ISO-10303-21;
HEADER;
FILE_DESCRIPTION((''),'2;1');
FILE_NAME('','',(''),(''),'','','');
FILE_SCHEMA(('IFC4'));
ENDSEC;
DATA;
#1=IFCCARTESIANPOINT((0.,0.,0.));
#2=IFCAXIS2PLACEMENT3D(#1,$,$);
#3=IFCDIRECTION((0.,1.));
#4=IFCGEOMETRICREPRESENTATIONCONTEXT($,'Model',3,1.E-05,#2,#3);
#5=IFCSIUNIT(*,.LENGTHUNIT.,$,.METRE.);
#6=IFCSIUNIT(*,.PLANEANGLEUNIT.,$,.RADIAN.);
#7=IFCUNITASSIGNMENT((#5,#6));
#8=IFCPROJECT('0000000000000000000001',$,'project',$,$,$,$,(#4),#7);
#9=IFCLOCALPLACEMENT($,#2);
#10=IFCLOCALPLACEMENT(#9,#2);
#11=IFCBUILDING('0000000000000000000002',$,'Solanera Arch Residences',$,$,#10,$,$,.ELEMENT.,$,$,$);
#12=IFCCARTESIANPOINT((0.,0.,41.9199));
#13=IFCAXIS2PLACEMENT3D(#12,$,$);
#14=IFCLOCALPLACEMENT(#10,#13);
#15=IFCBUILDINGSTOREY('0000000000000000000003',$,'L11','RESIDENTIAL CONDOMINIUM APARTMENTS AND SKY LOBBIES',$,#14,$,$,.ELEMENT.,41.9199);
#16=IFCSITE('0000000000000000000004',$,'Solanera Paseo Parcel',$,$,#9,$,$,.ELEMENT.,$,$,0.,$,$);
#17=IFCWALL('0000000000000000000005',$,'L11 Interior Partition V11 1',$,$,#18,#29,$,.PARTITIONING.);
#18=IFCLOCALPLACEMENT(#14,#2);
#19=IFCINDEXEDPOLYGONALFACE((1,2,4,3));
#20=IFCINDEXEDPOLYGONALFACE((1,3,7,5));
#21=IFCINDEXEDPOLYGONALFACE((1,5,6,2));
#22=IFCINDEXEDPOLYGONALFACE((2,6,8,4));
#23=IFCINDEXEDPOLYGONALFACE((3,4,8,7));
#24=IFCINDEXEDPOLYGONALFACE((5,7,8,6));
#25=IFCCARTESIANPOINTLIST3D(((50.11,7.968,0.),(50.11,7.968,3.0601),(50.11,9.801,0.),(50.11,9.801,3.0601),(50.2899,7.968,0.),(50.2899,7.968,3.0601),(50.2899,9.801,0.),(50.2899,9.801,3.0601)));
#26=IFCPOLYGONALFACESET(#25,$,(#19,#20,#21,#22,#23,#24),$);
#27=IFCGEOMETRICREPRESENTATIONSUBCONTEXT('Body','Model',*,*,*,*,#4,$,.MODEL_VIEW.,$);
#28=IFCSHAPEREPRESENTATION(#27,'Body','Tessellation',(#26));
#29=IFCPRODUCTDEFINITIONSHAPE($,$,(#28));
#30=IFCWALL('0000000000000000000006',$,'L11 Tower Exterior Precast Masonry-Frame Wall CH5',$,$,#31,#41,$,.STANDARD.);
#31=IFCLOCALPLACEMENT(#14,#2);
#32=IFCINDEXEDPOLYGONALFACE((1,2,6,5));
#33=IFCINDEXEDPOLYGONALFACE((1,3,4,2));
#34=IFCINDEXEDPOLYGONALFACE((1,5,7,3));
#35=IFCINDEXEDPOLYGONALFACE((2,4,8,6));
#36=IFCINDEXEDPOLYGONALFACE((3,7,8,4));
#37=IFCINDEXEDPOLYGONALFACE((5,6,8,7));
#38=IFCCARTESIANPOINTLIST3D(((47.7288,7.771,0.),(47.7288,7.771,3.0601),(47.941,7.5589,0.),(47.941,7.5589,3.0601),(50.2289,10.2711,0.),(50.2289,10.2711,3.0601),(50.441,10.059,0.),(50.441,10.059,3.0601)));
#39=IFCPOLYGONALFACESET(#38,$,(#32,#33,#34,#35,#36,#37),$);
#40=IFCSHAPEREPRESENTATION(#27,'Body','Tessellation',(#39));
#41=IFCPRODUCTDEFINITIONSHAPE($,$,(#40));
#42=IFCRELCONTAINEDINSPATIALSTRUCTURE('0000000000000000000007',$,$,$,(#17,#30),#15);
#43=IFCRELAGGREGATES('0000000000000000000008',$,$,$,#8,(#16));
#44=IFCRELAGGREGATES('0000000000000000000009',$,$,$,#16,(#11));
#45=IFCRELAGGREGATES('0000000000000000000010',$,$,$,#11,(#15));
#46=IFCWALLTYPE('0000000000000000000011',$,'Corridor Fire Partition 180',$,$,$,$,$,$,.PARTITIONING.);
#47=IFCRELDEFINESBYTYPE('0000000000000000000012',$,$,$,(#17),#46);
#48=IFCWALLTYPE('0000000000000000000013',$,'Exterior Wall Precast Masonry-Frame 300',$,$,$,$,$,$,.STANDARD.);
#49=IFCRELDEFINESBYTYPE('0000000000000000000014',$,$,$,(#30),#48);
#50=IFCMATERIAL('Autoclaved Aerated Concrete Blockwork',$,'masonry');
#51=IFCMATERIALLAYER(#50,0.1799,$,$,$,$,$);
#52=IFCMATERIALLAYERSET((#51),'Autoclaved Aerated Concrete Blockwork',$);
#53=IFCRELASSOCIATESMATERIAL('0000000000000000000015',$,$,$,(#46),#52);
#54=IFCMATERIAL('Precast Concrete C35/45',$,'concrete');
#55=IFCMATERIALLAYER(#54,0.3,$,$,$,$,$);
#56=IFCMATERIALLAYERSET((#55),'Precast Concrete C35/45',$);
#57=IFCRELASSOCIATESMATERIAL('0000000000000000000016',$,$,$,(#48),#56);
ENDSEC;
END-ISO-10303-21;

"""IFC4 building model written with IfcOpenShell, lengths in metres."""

from ifc_helpers import new_model, si_unit, direction, frame, frame_2d, origin, place, context, subcontext, project, spatial, rectangle, extrude, material, layer, layer_set, type_object, element, save


model = new_model("IFC4")

# Units and contexts
model_context = context("Model", 3, precision=1e-05, world=origin(), true_north=direction((0.0, 1.0)))
body_context = subcontext(model_context, "Body", "Model", "MODEL_VIEW")
ifc_project = project(units=[si_unit("LENGTHUNIT", "METRE"), si_unit("PLANEANGLEUNIT", "RADIAN")], contexts=[model_context])

# Site, building, storey
site_placement = place(None, origin())
site = spatial("IfcSite", under=ifc_project, at=site_placement, Name="Solanera Paseo Parcel", CompositionType="ELEMENT", RefElevation=0.0)
building_placement = place(site_placement, origin())
building = spatial("IfcBuilding", under=site, at=building_placement, Name="Solanera Arch Residences", CompositionType="ELEMENT")
storey_placement = place(building_placement, frame((0.0, 0.0, 41.9199)))
storey = spatial("IfcBuildingStorey", under=building, at=storey_placement, Name="L11", Description="RESIDENTIAL CONDOMINIUM APARTMENTS AND SKY LOBBIES", CompositionType="ELEMENT", Elevation=41.9199)

# Walls
ifc_material_1 = material(Name="Autoclaved Aerated Concrete Blockwork", Category="masonry")
ifc_layer_1 = layer(ifc_material_1, 0.1799)
ifc_layer_set_1 = layer_set([ifc_layer_1], Name="Autoclaved Aerated Concrete Blockwork")
wall_type_1 = type_object("IfcWallType", Name="Corridor Fire Partition 180", PredefinedType="PARTITIONING", material=ifc_layer_set_1)
wall_1_placement = place(storey_placement, frame((50.2, 7.968, 0.0), z_axis=(0.0, 0.0, 1.0), x_axis=(0.0, 1.0, 0.0)))
element("IfcWall", 1, at=wall_1_placement, inside=storey, type_object=wall_type_1, Name="L11 Interior Partition V11 1", PredefinedType="PARTITIONING", context=body_context, shape_type="SweptSolid", body=[
    extrude(rectangle(XDim=1.833, YDim=0.1799, at=frame_2d((0.9165, 0.0))), origin(), (0.0, 0.0, 1.0), 3.0601),
])
ifc_material_2 = material(Name="Precast Concrete C35/45", Category="concrete")
ifc_layer_2 = layer(ifc_material_2, 0.3)
ifc_layer_set_2 = layer_set([ifc_layer_2], Name="Precast Concrete C35/45")
wall_type_2 = type_object("IfcWallType", Name="Exterior Wall Precast Masonry-Frame 300", PredefinedType="STANDARD", material=ifc_layer_set_2)
wall_2_placement = place(storey_placement, frame((50.335, 10.165, 0.0), z_axis=(0.0, 0.0, 1.0), x_axis=(-0.707107, -0.707107, 0.0)))
element("IfcWall", 2, at=wall_2_placement, inside=storey, type_object=wall_type_2, Name="L11 Tower Exterior Precast Masonry-Frame Wall CH5", PredefinedType="STANDARD", context=body_context, shape_type="SweptSolid", body=[
    extrude(rectangle(XDim=3.5356, YDim=0.3, at=frame_2d((1.7678, 0.0))), origin(), (0.0, 0.0, 1.0), 3.0601),
])

save(model, "model.ifc")
